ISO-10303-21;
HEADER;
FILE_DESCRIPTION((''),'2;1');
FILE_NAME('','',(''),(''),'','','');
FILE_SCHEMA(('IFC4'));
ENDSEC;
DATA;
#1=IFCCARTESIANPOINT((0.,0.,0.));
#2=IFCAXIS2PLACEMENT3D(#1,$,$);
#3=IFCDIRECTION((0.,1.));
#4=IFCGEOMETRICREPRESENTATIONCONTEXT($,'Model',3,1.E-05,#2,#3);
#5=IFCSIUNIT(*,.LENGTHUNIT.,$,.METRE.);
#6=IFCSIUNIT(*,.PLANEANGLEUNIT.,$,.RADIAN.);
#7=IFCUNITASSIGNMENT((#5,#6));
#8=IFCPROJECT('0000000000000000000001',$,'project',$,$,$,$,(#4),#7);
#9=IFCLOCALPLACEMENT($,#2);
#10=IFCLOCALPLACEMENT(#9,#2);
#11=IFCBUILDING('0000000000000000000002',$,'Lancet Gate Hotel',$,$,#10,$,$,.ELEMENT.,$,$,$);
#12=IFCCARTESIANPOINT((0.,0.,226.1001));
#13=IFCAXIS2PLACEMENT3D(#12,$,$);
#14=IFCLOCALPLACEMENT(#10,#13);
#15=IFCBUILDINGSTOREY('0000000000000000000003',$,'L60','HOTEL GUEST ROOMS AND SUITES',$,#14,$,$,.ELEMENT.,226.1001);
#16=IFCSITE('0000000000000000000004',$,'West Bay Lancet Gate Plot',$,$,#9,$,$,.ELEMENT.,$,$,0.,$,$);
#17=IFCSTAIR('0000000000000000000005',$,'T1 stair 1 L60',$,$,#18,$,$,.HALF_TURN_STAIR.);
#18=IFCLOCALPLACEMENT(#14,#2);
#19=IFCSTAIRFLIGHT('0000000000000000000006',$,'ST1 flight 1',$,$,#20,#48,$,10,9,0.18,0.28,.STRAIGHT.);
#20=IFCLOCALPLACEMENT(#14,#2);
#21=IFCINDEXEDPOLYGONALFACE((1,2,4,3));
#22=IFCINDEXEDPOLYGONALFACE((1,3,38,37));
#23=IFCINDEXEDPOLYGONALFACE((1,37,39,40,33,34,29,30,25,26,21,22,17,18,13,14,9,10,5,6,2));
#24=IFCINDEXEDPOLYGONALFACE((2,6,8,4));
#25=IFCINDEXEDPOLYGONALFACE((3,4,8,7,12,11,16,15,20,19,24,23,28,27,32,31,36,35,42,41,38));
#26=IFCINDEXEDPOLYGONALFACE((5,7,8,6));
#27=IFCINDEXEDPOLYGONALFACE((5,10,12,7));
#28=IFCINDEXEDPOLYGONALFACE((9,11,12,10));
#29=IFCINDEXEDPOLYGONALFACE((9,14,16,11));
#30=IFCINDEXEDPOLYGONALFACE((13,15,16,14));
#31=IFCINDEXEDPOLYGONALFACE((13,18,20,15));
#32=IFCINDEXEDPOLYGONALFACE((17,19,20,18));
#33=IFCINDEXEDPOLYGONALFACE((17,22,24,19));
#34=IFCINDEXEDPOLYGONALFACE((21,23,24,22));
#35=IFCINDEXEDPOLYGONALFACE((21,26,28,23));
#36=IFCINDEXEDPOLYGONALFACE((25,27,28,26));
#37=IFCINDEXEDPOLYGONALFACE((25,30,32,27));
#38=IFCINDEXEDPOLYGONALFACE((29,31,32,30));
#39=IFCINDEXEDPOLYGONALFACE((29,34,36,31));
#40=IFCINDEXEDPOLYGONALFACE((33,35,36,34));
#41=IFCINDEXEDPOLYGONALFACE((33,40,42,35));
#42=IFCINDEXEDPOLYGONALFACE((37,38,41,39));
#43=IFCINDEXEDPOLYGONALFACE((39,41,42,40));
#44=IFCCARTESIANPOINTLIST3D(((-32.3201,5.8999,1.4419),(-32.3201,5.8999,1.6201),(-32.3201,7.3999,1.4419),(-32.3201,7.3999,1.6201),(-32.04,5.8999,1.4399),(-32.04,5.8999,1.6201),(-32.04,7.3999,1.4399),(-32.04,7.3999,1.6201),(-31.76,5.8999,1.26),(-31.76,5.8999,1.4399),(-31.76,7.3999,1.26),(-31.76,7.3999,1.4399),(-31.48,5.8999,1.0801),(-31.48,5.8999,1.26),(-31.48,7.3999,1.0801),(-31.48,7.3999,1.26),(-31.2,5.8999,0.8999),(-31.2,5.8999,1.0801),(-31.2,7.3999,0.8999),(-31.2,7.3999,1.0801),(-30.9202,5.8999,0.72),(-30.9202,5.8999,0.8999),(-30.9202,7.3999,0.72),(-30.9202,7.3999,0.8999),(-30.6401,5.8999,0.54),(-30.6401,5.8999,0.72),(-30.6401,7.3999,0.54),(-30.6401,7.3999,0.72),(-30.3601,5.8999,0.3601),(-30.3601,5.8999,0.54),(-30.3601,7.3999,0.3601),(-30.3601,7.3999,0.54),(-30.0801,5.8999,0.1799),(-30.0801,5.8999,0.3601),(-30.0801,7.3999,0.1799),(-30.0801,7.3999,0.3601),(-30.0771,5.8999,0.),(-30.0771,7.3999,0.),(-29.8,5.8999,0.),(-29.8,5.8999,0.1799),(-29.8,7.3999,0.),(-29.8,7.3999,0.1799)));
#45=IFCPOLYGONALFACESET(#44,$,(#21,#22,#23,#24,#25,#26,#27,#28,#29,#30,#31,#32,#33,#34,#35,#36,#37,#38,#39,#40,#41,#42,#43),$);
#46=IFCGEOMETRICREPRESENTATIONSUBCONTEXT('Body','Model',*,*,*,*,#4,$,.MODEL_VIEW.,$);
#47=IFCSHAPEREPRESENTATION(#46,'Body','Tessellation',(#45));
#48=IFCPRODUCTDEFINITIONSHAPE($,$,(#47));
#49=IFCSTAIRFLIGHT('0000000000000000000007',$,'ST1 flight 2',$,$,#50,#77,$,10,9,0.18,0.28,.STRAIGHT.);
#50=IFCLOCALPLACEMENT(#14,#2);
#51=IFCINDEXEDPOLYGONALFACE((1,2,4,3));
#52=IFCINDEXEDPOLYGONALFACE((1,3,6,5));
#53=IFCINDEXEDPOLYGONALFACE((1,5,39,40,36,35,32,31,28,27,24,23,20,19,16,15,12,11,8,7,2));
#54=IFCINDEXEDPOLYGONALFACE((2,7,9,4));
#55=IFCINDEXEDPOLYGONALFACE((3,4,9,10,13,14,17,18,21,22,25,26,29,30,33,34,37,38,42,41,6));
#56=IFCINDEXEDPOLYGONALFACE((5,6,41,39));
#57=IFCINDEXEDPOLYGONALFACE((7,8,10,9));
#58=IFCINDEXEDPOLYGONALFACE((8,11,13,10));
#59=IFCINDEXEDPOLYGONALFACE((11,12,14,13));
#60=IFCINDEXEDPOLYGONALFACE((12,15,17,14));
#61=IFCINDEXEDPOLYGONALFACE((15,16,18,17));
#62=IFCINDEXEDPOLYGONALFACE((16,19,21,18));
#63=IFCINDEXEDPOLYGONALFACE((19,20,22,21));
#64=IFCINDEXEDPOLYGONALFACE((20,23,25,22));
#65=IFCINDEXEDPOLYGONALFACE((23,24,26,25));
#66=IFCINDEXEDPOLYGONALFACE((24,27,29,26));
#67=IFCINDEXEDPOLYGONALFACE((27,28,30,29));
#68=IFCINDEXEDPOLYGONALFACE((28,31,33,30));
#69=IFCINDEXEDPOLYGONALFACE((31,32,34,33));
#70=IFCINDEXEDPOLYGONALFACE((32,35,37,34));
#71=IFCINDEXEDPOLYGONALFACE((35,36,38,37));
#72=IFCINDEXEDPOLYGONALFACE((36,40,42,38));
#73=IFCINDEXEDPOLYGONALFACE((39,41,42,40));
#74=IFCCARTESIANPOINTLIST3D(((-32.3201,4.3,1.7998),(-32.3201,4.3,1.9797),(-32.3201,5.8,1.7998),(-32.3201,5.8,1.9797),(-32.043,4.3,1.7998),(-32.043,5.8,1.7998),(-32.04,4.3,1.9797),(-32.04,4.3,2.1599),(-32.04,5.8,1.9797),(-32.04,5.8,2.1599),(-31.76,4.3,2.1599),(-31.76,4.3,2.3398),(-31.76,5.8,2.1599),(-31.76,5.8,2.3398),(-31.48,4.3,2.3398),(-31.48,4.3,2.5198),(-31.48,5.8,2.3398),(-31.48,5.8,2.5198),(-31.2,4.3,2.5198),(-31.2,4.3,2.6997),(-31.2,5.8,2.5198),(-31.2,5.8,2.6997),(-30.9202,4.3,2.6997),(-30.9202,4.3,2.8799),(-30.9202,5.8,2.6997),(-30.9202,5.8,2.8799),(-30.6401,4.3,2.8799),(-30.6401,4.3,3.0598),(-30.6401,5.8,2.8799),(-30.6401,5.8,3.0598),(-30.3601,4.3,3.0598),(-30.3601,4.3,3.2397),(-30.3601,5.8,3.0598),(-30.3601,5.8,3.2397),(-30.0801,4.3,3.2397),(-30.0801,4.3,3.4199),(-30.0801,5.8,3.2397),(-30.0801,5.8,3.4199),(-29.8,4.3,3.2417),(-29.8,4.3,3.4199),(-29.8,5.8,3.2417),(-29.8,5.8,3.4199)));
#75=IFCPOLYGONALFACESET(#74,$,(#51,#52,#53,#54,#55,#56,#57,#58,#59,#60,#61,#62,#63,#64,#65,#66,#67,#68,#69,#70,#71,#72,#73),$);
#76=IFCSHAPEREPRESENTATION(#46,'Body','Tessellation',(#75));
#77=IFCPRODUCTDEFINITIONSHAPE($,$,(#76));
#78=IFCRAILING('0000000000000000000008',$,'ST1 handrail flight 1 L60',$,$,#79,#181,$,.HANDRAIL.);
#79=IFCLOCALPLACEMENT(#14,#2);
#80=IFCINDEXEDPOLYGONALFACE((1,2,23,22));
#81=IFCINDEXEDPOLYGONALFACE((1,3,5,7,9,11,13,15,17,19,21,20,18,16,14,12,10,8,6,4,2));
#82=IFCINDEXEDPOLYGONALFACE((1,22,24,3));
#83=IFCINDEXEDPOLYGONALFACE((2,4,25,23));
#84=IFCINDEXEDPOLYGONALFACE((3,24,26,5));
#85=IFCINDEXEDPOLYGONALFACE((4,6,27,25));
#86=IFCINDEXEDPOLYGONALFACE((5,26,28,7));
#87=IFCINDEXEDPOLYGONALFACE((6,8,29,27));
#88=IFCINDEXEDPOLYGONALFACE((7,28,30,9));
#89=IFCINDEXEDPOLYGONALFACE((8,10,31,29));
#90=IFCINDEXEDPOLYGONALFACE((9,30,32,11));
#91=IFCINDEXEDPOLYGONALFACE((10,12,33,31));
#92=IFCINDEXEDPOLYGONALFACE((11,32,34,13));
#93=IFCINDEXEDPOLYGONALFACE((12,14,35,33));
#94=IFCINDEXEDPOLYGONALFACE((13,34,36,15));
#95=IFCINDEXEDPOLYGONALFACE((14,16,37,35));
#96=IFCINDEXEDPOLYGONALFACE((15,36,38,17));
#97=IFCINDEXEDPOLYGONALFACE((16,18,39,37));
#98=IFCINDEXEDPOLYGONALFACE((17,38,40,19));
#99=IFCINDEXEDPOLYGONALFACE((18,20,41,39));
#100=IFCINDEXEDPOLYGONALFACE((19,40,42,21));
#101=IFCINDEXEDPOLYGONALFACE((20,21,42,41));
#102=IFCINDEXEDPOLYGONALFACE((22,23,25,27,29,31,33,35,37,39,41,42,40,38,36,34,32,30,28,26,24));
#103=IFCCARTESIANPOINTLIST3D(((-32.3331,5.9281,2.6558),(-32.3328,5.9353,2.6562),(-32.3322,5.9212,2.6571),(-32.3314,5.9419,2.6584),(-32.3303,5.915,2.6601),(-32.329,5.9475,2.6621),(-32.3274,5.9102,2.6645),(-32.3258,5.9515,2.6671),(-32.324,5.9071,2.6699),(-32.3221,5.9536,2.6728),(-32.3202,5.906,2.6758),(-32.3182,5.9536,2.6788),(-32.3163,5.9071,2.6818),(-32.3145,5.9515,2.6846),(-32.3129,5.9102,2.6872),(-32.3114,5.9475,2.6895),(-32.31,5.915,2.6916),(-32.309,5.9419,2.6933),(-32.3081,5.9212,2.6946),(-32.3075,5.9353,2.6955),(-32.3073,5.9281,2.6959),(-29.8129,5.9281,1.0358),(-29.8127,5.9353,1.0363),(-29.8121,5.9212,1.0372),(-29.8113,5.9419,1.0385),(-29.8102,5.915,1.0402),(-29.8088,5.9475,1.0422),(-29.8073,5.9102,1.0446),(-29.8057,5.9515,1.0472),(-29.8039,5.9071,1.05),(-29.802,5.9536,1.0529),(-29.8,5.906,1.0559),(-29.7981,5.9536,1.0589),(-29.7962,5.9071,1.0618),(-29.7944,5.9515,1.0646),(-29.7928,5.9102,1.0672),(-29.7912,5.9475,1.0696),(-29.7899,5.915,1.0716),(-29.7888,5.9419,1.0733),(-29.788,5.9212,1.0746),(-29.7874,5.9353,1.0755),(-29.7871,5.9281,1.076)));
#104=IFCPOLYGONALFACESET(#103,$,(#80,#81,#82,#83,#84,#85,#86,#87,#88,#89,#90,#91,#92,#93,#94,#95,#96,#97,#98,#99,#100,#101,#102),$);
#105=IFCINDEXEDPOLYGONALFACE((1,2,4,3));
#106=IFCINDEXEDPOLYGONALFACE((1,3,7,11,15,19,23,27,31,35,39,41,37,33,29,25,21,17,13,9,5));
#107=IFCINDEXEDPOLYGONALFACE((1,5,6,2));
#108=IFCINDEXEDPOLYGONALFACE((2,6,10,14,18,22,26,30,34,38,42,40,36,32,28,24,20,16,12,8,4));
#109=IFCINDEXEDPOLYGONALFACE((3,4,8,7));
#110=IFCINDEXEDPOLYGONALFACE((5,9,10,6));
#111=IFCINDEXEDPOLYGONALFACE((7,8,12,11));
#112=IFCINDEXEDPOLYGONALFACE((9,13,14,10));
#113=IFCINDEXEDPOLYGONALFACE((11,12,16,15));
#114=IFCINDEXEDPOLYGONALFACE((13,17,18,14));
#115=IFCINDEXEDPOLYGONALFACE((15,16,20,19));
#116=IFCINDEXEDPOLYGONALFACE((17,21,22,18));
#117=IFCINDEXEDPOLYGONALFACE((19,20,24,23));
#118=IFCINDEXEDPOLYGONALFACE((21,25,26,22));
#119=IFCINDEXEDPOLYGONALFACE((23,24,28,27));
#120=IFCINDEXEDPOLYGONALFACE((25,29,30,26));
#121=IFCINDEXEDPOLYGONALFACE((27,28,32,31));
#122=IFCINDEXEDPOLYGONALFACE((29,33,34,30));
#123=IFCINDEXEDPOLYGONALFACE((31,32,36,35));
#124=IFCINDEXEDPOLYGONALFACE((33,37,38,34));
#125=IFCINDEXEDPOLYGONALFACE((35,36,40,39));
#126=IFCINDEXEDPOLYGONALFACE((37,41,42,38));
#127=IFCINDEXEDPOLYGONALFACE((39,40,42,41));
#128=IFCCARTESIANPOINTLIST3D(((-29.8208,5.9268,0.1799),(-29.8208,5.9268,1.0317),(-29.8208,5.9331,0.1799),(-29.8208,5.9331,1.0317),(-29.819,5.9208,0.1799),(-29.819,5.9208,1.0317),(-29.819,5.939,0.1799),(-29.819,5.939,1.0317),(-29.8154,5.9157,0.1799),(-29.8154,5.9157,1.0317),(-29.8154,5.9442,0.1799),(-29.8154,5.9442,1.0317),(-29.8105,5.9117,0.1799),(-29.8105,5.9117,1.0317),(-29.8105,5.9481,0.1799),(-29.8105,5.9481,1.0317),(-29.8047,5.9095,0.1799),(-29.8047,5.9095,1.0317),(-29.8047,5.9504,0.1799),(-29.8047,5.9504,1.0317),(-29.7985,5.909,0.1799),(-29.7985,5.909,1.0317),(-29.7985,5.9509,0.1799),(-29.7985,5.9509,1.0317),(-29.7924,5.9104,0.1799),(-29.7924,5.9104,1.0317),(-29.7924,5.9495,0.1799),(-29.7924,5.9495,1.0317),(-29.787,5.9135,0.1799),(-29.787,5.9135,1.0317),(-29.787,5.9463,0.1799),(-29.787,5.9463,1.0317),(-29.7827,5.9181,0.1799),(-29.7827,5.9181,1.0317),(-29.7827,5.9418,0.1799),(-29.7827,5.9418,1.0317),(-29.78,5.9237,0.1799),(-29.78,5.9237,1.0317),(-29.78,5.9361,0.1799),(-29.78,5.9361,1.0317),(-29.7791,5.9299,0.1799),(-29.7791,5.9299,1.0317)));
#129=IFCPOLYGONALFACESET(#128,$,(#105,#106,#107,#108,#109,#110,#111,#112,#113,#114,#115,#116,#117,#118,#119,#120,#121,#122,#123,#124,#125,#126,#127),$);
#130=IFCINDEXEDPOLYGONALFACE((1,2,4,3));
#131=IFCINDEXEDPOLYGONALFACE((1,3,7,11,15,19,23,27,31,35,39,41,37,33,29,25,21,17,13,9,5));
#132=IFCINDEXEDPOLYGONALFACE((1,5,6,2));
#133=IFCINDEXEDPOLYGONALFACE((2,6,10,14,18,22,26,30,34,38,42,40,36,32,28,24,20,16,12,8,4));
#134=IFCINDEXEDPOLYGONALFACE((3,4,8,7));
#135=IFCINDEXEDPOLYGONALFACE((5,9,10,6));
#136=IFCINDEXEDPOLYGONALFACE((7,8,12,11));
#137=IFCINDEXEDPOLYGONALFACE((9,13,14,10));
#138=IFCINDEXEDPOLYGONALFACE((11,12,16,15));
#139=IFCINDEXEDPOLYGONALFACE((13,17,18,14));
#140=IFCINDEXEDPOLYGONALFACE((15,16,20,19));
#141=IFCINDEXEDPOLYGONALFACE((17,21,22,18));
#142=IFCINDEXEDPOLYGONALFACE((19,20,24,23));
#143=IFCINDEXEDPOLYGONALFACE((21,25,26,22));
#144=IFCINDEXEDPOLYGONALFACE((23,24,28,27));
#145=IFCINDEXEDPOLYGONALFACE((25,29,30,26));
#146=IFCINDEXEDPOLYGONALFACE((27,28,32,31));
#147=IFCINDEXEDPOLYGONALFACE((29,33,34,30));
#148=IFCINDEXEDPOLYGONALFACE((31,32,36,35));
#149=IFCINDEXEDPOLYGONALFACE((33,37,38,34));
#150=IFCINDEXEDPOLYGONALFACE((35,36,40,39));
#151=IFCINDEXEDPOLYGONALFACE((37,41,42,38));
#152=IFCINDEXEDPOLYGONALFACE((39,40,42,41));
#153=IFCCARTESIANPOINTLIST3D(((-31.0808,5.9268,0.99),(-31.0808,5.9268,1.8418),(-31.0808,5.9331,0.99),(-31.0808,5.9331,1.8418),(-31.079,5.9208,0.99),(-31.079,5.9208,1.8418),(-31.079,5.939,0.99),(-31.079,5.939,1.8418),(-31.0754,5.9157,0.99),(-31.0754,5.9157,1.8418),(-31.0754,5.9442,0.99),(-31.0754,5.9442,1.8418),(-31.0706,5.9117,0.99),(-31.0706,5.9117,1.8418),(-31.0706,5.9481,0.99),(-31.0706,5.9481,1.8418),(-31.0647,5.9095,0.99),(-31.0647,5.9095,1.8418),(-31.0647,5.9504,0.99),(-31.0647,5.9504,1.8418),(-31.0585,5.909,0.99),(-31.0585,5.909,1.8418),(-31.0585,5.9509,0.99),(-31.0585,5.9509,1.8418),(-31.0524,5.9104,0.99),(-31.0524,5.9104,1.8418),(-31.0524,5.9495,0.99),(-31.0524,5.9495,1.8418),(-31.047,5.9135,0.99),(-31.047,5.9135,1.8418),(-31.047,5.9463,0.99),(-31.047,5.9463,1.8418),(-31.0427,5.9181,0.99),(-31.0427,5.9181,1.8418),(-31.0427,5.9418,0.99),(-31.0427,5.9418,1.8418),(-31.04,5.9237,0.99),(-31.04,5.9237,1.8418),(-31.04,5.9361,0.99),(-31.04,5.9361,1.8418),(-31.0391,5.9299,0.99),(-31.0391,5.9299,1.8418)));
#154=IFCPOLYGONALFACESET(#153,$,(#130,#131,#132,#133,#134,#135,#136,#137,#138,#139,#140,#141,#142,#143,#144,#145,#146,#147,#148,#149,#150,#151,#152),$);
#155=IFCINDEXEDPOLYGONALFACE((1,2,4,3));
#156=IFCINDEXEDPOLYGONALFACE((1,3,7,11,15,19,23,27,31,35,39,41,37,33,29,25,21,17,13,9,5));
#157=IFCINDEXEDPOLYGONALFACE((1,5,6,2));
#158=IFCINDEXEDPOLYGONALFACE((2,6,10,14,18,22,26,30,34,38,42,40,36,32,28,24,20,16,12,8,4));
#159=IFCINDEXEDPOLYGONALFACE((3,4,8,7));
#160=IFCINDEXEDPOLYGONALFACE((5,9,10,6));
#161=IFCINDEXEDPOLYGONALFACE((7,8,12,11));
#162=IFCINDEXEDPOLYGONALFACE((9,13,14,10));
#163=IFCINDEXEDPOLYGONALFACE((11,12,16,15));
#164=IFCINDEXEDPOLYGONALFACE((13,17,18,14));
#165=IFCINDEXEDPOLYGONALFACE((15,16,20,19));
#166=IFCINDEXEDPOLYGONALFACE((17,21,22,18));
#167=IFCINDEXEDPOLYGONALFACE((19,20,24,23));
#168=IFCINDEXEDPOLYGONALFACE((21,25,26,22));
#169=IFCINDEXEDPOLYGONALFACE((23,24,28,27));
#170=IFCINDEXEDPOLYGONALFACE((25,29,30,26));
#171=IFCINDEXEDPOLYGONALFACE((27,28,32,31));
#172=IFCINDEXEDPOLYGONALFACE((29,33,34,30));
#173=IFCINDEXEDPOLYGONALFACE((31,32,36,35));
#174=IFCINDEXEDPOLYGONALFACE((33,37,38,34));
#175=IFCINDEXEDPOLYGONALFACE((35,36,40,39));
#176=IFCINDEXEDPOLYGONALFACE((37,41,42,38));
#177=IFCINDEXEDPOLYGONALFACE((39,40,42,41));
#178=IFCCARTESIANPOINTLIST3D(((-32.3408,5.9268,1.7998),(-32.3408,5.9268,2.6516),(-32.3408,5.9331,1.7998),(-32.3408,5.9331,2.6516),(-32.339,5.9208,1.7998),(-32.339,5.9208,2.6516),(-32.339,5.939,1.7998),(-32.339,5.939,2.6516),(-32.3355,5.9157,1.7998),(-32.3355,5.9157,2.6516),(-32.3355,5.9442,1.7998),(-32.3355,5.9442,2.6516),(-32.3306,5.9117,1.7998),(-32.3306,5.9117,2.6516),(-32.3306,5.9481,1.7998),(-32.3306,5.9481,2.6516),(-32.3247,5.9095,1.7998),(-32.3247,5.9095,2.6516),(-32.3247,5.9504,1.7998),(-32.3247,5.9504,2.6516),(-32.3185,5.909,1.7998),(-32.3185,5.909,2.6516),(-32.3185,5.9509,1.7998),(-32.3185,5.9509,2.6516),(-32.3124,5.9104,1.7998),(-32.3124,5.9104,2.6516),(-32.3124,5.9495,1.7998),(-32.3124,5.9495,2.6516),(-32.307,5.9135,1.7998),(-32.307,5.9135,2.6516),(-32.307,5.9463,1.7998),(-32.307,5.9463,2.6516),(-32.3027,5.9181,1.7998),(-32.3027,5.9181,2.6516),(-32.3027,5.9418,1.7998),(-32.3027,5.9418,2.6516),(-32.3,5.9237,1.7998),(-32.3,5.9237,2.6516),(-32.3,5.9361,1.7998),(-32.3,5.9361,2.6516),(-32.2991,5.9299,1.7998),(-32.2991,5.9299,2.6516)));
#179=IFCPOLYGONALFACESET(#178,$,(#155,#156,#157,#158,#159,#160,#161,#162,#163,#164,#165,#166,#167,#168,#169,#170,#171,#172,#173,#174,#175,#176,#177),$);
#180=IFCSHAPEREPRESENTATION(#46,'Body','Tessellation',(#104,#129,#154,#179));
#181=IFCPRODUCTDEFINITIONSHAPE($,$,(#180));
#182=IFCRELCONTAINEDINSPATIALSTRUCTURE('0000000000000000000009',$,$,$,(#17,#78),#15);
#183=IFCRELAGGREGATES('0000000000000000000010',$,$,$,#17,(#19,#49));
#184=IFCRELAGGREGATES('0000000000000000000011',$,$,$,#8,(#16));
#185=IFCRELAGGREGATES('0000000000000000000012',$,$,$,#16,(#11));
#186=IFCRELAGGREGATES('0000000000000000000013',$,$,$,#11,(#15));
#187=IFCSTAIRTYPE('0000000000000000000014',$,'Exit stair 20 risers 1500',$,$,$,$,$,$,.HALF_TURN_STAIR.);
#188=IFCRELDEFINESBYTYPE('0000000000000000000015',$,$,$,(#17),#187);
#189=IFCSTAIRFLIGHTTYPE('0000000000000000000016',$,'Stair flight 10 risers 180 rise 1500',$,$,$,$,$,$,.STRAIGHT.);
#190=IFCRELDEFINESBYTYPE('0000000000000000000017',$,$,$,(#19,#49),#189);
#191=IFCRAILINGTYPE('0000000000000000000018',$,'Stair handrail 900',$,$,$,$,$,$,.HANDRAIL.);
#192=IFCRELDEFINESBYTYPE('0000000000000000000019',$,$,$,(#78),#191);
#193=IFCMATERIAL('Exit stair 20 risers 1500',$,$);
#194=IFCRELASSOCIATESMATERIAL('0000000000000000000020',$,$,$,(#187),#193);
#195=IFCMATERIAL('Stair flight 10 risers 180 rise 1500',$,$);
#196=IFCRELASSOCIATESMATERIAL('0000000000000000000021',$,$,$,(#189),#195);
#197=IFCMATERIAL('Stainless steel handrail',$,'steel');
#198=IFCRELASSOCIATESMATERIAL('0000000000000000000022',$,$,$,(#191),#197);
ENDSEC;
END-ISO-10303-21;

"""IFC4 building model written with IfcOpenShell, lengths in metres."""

from ifc_helpers import new_model, si_unit, direction, frame, origin, origin_2d, place, context, subcontext, project, spatial, polyline, circle, outline, extrude, material, type_object, element, aggregate, save


model = new_model("IFC4")

# Units and contexts
model_context = context("Model", 3, precision=1e-05, world=origin(), true_north=direction((0.0, 1.0)))
body_context = subcontext(model_context, "Body", "Model", "MODEL_VIEW")
ifc_project = project(units=[si_unit("LENGTHUNIT", "METRE"), si_unit("PLANEANGLEUNIT", "RADIAN")], contexts=[model_context])

# Site, building, storey
site_placement = place(None, origin())
site = spatial("IfcSite", under=ifc_project, at=site_placement, Name="West Bay Lancet Gate Plot", CompositionType="ELEMENT", RefElevation=0.0)
building_placement = place(site_placement, origin())
building = spatial("IfcBuilding", under=site, at=building_placement, Name="Lancet Gate Hotel", CompositionType="ELEMENT")
storey_placement = place(building_placement, frame((0.0, 0.0, 226.1001)))
storey = spatial("IfcBuildingStorey", under=building, at=storey_placement, Name="L60", Description="HOTEL GUEST ROOMS AND SUITES", CompositionType="ELEMENT", Elevation=226.1001)

# Stair, stair flights
ifc_material_1 = material(Name="Exit stair 20 risers 1500")
stair_type = type_object("IfcStairType", Name="Exit stair 20 risers 1500", PredefinedType="HALF_TURN_STAIR", material=ifc_material_1)
stair_placement = place(storey_placement, origin())
stair = element("IfcStair", 1, at=stair_placement, inside=storey, type_object=stair_type, Name="T1 stair 1 L60", PredefinedType="HALF_TURN_STAIR")
ifc_material_2 = material(Name="Stair flight 10 risers 180 rise 1500")
stair_flight_type = type_object("IfcStairFlightType", Name="Stair flight 10 risers 180 rise 1500", PredefinedType="STRAIGHT", material=ifc_material_2)
stair_flight_1_placement = place(storey_placement, frame((-29.8, 6.6499, 0.0), z_axis=(0.0, 0.0, 1.0), x_axis=(-1.0, 0.0, 0.0)))
stair_flight_1 = element("IfcStairFlight", 2, at=stair_flight_1_placement, type_object=stair_flight_type, Name="ST1 flight 1", NumberOfRisers=10, NumberOfTreads=9, PredefinedType="STRAIGHT", RiserHeight=0.18, TreadLength=0.28, context=body_context, shape_type="SweptSolid", body=[
    extrude(outline(polyline([(0.0, 0.0), (0.0, 0.1799), (0.28, 0.1799), (0.28, 0.3601), (0.5601, 0.3601), (0.5601, 0.54), (0.8401, 0.54), (0.8401, 0.72), (1.1201, 0.72), (1.1201, 0.8999), (1.3999, 0.8999), (1.3999, 1.0801), (1.6799, 1.0801), (1.6799, 1.26), (1.96, 1.26), (1.96, 1.4399), (2.24, 1.4399), (2.24, 1.6201), (2.52, 1.6201), (2.52, 1.8), (2.52, 1.4419), (0.2771, 0.0), (0.0, 0.0)])), frame((0.0, 0.75, 0.0), z_axis=(0.0, -1.0, 0.0), x_axis=(1.0, 0.0, 0.0)), (0.0, 0.0, 1.0), 1.5),
])
stair_flight_2_placement = place(storey_placement, frame((-32.3201, 5.05, 1.7998), z_axis=(0.0, 0.0, 1.0), x_axis=(1.0, 0.0, 0.0)))
stair_flight_2 = element("IfcStairFlight", 3, at=stair_flight_2_placement, type_object=stair_flight_type, Name="ST1 flight 2", NumberOfRisers=10, NumberOfTreads=9, PredefinedType="STRAIGHT", RiserHeight=0.18, TreadLength=0.28, context=body_context, shape_type="SweptSolid", body=[
    extrude(outline(polyline([(0.0, 0.0), (0.0, 0.1799), (0.28, 0.1799), (0.28, 0.3601), (0.5601, 0.3601), (0.5601, 0.54), (0.8401, 0.54), (0.8401, 0.72), (1.1201, 0.72), (1.1201, 0.8999), (1.3999, 0.8999), (1.3999, 1.0801), (1.6799, 1.0801), (1.6799, 1.26), (1.96, 1.26), (1.96, 1.4399), (2.24, 1.4399), (2.24, 1.6201), (2.52, 1.6201), (2.52, 1.8), (2.52, 1.4419), (0.2771, 0.0), (0.0, 0.0)])), frame((0.0, 0.75, 0.0), z_axis=(0.0, -1.0, 0.0), x_axis=(1.0, 0.0, 0.0)), (0.0, 0.0, 1.0), 1.5),
])
aggregate(stair, [stair_flight_1, stair_flight_2])

# Railing
ifc_material_3 = material(Name="Stainless steel handrail", Category="steel")
railing_type = type_object("IfcRailingType", Name="Stair handrail 900", PredefinedType="HANDRAIL", material=ifc_material_3)
railing_1_placement = place(storey_placement, frame((-29.8, 5.9299, 0.1799)))
element("IfcRailing", 4, at=railing_1_placement, inside=storey, type_object=railing_type, Name="ST1 handrail flight 1 L60", PredefinedType="HANDRAIL", context=body_context, shape_type="SweptSolid", body=[
    extrude(circle(Radius=0.0239, at=origin_2d()), frame((0.0, 0.0, 0.876), z_axis=(-0.8412, 0.0, 0.540725), x_axis=(0.0, -1.0, 0.0)), (0.0, 0.0, 1.0), 2.9958),
    extrude(circle(Radius=0.021, at=origin_2d()), origin(), (0.0, 0.0, 1.0), 0.8518),
    extrude(circle(Radius=0.021, at=origin_2d()), frame((-1.26, 0.0, 0.8101)), (0.0, 0.0, 1.0), 0.8518),
    extrude(circle(Radius=0.021, at=origin_2d()), frame((-2.52, 0.0, 1.6199)), (0.0, 0.0, 1.0), 0.8518),
])

save(model, "model.ifc")
